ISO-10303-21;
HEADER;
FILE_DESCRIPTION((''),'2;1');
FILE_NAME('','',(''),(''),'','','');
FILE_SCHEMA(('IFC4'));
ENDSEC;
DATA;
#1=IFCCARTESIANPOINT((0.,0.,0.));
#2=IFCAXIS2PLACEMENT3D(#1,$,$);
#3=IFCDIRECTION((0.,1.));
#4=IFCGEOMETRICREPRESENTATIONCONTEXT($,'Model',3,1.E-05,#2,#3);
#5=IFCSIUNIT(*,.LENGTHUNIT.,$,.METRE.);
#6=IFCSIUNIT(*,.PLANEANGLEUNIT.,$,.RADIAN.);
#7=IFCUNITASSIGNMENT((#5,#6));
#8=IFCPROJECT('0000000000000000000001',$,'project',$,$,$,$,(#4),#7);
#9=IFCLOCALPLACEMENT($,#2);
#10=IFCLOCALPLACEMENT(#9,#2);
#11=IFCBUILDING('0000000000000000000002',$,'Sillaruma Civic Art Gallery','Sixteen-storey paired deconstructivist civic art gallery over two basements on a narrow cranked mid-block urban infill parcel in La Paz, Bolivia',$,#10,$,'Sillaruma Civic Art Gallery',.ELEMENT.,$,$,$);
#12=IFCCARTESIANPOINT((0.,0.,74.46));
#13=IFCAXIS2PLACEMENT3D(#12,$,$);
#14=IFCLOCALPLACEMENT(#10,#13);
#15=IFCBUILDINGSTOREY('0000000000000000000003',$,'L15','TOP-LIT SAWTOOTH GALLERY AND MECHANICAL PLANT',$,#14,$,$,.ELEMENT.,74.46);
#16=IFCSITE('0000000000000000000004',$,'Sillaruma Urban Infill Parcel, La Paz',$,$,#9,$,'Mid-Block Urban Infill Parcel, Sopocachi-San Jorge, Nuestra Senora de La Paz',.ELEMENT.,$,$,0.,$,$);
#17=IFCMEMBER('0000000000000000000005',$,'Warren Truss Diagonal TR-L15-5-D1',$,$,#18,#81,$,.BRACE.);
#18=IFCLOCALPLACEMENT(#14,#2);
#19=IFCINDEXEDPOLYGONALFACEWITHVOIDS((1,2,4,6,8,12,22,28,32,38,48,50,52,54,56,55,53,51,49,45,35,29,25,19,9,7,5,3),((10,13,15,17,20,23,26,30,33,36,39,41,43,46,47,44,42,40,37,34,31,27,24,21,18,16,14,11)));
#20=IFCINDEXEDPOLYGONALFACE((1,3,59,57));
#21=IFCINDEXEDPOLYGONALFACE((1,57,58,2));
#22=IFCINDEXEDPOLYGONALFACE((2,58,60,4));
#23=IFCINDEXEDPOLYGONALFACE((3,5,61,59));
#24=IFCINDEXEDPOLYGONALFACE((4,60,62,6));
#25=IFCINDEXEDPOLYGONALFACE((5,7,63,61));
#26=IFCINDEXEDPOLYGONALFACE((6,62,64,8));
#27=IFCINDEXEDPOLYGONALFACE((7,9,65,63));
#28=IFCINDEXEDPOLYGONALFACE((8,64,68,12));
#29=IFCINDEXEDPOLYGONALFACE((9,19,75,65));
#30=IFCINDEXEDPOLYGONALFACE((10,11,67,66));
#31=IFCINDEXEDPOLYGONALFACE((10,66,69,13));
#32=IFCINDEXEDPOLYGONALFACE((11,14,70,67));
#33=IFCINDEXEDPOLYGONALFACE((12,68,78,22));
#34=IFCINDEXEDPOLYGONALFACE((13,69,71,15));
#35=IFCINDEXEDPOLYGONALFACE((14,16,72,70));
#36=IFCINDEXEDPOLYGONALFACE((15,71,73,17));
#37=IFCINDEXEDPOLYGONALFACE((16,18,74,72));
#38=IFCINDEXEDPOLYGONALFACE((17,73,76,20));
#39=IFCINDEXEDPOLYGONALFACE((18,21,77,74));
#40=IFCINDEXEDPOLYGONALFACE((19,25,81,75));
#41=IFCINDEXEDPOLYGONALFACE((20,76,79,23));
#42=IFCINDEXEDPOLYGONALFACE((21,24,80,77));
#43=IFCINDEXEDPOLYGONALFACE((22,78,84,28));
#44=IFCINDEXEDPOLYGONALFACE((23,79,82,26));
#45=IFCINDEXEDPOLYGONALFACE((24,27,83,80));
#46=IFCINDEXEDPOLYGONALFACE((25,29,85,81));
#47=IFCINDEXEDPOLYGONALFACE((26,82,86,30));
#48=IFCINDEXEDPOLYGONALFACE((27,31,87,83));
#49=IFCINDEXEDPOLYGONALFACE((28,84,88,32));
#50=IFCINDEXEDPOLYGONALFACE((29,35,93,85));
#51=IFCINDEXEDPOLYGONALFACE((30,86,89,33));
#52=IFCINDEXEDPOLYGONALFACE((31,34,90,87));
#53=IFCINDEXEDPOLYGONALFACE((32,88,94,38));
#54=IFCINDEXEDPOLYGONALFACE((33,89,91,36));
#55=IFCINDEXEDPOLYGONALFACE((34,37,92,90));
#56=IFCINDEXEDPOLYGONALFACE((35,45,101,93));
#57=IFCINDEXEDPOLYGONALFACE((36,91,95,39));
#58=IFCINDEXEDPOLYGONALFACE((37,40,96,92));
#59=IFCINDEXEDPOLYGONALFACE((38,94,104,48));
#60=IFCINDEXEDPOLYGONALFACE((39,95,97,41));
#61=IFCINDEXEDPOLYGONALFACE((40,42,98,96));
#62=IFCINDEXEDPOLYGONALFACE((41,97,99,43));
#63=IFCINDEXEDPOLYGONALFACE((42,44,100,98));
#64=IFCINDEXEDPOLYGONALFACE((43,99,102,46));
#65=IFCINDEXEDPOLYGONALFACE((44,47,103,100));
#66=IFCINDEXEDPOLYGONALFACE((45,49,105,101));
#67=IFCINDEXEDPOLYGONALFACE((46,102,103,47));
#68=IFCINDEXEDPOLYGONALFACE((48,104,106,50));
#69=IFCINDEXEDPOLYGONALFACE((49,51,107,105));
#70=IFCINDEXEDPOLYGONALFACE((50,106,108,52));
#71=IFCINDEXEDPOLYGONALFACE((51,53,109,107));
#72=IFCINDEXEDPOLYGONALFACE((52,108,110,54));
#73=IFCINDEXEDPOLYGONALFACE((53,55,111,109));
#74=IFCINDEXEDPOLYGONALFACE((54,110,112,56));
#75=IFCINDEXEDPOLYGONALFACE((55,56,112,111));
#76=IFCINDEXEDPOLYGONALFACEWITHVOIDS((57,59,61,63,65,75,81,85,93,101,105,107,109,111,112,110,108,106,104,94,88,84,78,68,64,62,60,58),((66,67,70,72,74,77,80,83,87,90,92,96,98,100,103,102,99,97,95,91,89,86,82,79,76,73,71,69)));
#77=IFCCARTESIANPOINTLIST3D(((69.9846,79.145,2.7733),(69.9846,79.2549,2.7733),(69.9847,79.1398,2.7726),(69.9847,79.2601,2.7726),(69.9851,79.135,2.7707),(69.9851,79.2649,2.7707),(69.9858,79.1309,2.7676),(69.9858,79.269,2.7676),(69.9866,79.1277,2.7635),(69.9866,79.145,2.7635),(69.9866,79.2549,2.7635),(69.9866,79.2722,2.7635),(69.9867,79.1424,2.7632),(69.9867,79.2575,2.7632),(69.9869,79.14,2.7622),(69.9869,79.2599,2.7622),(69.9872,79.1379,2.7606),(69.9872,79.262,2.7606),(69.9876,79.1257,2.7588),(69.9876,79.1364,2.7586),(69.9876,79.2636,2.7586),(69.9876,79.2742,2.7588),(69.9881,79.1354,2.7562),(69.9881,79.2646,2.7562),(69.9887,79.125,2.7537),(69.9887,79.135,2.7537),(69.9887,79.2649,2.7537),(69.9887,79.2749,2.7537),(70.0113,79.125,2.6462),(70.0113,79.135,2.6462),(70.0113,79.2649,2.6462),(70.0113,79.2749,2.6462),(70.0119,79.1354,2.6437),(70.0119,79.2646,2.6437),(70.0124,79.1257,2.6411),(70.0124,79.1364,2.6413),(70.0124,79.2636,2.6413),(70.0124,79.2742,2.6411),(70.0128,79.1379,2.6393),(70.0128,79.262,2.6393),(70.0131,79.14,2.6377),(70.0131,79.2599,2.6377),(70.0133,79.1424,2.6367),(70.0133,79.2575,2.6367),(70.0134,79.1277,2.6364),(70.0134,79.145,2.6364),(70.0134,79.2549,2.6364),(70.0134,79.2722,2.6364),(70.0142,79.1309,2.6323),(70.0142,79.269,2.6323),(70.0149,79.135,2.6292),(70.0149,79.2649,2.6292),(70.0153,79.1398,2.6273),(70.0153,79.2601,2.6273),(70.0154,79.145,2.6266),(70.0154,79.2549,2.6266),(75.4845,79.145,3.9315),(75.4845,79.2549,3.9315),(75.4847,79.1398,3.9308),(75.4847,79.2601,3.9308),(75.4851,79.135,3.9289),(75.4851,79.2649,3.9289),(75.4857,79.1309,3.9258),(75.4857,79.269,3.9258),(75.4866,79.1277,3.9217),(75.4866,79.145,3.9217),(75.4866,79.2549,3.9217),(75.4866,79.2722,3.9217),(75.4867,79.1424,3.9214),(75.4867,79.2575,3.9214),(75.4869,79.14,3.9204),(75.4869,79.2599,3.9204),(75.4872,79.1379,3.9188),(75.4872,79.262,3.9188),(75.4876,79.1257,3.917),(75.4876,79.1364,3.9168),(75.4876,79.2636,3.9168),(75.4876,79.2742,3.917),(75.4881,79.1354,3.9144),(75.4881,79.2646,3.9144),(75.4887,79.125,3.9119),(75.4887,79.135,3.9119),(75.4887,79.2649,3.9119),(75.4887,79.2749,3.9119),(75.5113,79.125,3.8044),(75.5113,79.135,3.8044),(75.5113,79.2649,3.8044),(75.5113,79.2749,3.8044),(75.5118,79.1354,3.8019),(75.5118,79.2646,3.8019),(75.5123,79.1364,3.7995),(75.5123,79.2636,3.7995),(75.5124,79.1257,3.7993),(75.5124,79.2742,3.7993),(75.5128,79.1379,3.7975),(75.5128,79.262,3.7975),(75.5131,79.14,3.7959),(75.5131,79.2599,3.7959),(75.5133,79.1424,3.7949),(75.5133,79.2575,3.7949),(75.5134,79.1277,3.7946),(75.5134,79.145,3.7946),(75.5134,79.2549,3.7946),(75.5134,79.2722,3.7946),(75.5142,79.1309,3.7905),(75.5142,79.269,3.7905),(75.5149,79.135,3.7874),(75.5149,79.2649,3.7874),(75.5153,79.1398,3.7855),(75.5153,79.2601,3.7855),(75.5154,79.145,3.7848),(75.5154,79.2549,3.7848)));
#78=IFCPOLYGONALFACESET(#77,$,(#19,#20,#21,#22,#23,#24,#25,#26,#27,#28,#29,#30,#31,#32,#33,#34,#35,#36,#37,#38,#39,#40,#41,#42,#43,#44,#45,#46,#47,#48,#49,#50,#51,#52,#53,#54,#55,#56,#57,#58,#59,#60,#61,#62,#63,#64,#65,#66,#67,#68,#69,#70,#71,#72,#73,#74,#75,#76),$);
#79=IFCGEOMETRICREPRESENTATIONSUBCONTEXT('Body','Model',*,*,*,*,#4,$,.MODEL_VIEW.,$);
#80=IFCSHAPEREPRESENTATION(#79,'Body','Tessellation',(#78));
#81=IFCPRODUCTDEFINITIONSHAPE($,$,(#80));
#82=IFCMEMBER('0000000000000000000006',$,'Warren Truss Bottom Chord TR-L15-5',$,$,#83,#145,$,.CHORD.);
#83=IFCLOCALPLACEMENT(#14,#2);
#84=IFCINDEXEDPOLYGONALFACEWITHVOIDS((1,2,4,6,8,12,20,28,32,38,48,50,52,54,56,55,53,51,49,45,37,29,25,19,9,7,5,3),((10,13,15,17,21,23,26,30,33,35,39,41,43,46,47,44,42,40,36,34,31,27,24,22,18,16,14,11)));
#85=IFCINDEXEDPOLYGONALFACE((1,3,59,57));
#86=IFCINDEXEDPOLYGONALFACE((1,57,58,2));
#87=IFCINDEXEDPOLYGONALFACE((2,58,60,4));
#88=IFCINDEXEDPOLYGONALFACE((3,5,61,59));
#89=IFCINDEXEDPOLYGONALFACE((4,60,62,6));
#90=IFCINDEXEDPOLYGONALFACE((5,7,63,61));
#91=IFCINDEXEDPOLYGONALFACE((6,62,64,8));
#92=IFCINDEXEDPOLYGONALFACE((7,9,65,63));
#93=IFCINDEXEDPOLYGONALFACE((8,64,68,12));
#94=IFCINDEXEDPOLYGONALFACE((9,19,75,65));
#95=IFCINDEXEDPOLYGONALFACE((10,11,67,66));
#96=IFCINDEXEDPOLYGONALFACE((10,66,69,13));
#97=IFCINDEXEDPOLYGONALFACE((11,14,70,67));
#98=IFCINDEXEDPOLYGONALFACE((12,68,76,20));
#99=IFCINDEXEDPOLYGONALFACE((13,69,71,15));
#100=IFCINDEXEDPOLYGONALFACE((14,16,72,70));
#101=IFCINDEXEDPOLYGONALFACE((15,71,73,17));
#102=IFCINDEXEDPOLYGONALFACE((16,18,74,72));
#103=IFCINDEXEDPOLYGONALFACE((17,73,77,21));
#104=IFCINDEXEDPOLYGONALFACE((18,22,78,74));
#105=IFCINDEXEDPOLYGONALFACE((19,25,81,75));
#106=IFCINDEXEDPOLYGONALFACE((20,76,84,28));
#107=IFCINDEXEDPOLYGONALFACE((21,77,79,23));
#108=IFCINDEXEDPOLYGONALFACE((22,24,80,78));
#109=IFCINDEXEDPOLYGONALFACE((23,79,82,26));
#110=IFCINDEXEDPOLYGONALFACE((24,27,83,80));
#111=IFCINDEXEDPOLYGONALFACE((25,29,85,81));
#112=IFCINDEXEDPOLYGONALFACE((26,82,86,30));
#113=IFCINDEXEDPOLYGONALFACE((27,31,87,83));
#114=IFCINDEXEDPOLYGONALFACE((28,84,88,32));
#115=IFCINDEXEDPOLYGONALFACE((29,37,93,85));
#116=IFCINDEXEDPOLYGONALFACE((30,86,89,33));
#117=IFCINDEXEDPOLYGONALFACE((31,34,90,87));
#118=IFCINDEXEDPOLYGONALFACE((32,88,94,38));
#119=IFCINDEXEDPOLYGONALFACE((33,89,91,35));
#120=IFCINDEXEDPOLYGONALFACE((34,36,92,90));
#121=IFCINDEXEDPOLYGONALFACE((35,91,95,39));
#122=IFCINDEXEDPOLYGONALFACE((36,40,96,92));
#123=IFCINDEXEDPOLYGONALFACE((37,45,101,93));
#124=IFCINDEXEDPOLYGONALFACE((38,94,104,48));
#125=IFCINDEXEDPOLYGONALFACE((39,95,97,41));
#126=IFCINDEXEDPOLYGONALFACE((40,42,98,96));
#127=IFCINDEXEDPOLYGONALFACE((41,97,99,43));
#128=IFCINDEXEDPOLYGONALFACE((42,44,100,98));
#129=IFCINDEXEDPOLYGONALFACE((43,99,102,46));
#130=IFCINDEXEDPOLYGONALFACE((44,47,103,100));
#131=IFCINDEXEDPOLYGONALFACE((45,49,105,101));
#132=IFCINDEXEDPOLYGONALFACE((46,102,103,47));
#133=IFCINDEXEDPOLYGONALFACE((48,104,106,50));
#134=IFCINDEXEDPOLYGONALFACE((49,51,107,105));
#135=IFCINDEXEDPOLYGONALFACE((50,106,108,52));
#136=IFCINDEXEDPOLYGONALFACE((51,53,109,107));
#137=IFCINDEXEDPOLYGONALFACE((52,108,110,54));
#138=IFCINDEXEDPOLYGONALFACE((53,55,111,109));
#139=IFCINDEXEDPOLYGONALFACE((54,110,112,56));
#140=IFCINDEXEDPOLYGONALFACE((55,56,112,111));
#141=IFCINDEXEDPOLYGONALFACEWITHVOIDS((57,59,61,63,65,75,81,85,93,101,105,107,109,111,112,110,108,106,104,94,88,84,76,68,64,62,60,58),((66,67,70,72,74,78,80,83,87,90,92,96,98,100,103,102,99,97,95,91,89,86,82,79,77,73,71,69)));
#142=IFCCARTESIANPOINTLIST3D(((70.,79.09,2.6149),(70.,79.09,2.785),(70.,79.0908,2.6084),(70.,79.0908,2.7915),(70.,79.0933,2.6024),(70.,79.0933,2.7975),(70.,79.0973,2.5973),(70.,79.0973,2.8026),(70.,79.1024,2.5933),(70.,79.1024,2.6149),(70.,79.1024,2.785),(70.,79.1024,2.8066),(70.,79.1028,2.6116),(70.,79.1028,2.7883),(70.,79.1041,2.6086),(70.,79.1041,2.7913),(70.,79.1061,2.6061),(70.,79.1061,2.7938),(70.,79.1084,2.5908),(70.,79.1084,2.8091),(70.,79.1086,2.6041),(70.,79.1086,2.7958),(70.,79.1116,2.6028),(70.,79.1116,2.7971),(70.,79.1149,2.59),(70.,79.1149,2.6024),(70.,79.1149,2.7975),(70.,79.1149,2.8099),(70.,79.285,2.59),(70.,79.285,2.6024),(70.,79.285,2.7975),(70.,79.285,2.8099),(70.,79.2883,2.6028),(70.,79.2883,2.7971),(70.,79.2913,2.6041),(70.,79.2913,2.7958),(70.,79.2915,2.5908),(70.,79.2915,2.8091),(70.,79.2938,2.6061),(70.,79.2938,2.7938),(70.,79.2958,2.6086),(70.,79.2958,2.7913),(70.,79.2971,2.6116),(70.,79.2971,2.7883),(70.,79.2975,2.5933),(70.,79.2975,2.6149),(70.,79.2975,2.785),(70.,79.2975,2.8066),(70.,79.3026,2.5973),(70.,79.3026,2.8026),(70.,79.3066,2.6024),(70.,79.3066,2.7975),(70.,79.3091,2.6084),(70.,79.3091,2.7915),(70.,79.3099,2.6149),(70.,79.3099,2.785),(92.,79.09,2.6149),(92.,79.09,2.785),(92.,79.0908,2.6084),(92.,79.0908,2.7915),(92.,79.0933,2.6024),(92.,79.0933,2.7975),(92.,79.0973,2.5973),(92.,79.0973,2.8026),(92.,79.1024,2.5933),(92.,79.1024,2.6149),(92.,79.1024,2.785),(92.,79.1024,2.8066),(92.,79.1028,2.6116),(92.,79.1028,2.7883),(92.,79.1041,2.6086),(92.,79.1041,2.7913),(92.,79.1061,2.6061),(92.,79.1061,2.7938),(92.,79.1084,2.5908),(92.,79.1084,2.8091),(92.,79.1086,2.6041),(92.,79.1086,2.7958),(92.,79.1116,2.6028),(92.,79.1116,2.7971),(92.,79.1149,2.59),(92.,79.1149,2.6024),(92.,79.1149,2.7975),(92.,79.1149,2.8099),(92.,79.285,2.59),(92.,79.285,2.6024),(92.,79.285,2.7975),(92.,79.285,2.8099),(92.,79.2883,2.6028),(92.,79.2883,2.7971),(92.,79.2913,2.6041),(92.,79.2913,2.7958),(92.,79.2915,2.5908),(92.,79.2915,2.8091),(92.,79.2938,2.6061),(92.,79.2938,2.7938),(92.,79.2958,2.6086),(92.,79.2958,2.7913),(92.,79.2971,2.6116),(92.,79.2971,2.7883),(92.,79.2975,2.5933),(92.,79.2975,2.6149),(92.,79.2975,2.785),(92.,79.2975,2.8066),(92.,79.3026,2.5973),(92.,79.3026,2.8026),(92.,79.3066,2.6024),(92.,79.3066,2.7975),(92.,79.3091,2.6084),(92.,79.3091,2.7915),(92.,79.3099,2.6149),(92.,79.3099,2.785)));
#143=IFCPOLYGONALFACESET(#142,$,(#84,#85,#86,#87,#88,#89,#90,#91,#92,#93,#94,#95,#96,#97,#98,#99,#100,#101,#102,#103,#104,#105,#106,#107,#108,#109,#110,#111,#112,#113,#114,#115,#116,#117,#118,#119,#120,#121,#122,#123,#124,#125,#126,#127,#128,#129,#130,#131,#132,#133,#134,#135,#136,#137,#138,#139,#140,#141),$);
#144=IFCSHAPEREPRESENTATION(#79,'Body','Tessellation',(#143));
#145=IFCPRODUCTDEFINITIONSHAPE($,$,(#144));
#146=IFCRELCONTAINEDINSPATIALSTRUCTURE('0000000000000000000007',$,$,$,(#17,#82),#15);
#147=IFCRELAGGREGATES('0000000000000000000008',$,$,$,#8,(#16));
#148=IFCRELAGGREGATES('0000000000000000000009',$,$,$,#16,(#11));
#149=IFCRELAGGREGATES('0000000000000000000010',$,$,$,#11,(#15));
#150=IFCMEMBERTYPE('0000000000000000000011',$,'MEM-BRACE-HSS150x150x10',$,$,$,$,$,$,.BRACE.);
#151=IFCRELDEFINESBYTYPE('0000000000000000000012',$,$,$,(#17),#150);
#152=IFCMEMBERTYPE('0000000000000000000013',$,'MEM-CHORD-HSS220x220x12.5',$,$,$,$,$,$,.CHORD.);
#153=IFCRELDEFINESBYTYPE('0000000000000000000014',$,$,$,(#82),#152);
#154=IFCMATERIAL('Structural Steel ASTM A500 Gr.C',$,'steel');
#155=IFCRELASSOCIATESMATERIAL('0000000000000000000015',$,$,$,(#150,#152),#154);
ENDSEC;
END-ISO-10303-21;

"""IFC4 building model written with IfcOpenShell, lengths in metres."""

from ifc_helpers import new_model, si_unit, direction, frame, origin, origin_2d, place, context, subcontext, project, spatial, hollow_rectangle, extrude, material, material_profile, profile_set, type_object, element, save


model = new_model("IFC4")

# Units and contexts
model_context = context("Model", 3, precision=1e-05, world=origin(), true_north=direction((0.0, 1.0)))
body_context = subcontext(model_context, "Body", "Model", "MODEL_VIEW")
ifc_project = project(units=[si_unit("LENGTHUNIT", "METRE"), si_unit("PLANEANGLEUNIT", "RADIAN")], contexts=[model_context])

# Site, building, storey
site_placement = place(None, origin())
site = spatial("IfcSite", under=ifc_project, at=site_placement, Name="Sillaruma Urban Infill Parcel, La Paz", LongName="Mid-Block Urban Infill Parcel, Sopocachi-San Jorge, Nuestra Senora de La Paz", CompositionType="ELEMENT", RefElevation=0.0)
building_placement = place(site_placement, origin())
building = spatial("IfcBuilding", under=site, at=building_placement, Name="Sillaruma Civic Art Gallery", Description="Sixteen-storey paired deconstructivist civic art gallery over two basements on a narrow cranked mid-block urban infill parcel in La Paz, Bolivia", LongName="Sillaruma Civic Art Gallery", CompositionType="ELEMENT")
storey_placement = place(building_placement, frame((0.0, 0.0, 74.46)))
storey = spatial("IfcBuildingStorey", under=building, at=storey_placement, Name="L15", Description="TOP-LIT SAWTOOTH GALLERY AND MECHANICAL PLANT", CompositionType="ELEMENT", Elevation=74.46)

# Members
ifc_material_1 = material(Name="Structural Steel ASTM A500 Gr.C", Category="steel")
ifc_material_profile_1 = material_profile(ifc_material_1, hollow_rectangle(XDim=0.1499, YDim=0.1499, WallThickness=0.01, InnerFilletRadius=0.01, OuterFilletRadius=0.02, at=origin_2d()), Name="HSS150x150x10")
ifc_profile_set_1 = profile_set([ifc_material_profile_1], Name="Structural Steel ASTM A500 Gr.C")
member_type_1 = type_object("IfcMemberType", Name="MEM-BRACE-HSS150x150x10", PredefinedType="BRACE", material=ifc_profile_set_1)
member_1_placement = place(storey_placement, frame((70.0, 79.2, 2.7), z_axis=(0.978539, 0.0, 0.206063), x_axis=(0.0, 1.0, 0.0)))
element("IfcMember", 1, at=member_1_placement, inside=storey, type_object=member_type_1, Name="Warren Truss Diagonal TR-L15-5-D1", PredefinedType="BRACE", context=body_context, shape_type="SweptSolid", body=[
    extrude(hollow_rectangle(XDim=0.1499, YDim=0.1499, WallThickness=0.01, InnerFilletRadius=0.01, OuterFilletRadius=0.02, at=origin_2d()), origin(), (0.0, 0.0, 1.0), 5.6206),
])
ifc_material_profile_2 = material_profile(ifc_material_1, hollow_rectangle(XDim=0.22, YDim=0.22, WallThickness=0.0125, InnerFilletRadius=0.0125, OuterFilletRadius=0.0249, at=origin_2d()), Name="HSS220x220x12.5")
ifc_profile_set_2 = profile_set([ifc_material_profile_2], Name="Structural Steel ASTM A500 Gr.C")
member_type_2 = type_object("IfcMemberType", Name="MEM-CHORD-HSS220x220x12.5", PredefinedType="CHORD", material=ifc_profile_set_2)
member_2_placement = place(storey_placement, frame((70.0, 79.2, 2.7), z_axis=(1.0, 0.0, 0.0), x_axis=(0.0, 1.0, 0.0)))
element("IfcMember", 2, at=member_2_placement, inside=storey, type_object=member_type_2, Name="Warren Truss Bottom Chord TR-L15-5", PredefinedType="CHORD", context=body_context, shape_type="SweptSolid", body=[
    extrude(hollow_rectangle(XDim=0.22, YDim=0.22, WallThickness=0.0125, InnerFilletRadius=0.0125, OuterFilletRadius=0.0249, at=origin_2d()), origin(), (0.0, 0.0, 1.0), 22.0),
])

save(model, "model.ifc")
